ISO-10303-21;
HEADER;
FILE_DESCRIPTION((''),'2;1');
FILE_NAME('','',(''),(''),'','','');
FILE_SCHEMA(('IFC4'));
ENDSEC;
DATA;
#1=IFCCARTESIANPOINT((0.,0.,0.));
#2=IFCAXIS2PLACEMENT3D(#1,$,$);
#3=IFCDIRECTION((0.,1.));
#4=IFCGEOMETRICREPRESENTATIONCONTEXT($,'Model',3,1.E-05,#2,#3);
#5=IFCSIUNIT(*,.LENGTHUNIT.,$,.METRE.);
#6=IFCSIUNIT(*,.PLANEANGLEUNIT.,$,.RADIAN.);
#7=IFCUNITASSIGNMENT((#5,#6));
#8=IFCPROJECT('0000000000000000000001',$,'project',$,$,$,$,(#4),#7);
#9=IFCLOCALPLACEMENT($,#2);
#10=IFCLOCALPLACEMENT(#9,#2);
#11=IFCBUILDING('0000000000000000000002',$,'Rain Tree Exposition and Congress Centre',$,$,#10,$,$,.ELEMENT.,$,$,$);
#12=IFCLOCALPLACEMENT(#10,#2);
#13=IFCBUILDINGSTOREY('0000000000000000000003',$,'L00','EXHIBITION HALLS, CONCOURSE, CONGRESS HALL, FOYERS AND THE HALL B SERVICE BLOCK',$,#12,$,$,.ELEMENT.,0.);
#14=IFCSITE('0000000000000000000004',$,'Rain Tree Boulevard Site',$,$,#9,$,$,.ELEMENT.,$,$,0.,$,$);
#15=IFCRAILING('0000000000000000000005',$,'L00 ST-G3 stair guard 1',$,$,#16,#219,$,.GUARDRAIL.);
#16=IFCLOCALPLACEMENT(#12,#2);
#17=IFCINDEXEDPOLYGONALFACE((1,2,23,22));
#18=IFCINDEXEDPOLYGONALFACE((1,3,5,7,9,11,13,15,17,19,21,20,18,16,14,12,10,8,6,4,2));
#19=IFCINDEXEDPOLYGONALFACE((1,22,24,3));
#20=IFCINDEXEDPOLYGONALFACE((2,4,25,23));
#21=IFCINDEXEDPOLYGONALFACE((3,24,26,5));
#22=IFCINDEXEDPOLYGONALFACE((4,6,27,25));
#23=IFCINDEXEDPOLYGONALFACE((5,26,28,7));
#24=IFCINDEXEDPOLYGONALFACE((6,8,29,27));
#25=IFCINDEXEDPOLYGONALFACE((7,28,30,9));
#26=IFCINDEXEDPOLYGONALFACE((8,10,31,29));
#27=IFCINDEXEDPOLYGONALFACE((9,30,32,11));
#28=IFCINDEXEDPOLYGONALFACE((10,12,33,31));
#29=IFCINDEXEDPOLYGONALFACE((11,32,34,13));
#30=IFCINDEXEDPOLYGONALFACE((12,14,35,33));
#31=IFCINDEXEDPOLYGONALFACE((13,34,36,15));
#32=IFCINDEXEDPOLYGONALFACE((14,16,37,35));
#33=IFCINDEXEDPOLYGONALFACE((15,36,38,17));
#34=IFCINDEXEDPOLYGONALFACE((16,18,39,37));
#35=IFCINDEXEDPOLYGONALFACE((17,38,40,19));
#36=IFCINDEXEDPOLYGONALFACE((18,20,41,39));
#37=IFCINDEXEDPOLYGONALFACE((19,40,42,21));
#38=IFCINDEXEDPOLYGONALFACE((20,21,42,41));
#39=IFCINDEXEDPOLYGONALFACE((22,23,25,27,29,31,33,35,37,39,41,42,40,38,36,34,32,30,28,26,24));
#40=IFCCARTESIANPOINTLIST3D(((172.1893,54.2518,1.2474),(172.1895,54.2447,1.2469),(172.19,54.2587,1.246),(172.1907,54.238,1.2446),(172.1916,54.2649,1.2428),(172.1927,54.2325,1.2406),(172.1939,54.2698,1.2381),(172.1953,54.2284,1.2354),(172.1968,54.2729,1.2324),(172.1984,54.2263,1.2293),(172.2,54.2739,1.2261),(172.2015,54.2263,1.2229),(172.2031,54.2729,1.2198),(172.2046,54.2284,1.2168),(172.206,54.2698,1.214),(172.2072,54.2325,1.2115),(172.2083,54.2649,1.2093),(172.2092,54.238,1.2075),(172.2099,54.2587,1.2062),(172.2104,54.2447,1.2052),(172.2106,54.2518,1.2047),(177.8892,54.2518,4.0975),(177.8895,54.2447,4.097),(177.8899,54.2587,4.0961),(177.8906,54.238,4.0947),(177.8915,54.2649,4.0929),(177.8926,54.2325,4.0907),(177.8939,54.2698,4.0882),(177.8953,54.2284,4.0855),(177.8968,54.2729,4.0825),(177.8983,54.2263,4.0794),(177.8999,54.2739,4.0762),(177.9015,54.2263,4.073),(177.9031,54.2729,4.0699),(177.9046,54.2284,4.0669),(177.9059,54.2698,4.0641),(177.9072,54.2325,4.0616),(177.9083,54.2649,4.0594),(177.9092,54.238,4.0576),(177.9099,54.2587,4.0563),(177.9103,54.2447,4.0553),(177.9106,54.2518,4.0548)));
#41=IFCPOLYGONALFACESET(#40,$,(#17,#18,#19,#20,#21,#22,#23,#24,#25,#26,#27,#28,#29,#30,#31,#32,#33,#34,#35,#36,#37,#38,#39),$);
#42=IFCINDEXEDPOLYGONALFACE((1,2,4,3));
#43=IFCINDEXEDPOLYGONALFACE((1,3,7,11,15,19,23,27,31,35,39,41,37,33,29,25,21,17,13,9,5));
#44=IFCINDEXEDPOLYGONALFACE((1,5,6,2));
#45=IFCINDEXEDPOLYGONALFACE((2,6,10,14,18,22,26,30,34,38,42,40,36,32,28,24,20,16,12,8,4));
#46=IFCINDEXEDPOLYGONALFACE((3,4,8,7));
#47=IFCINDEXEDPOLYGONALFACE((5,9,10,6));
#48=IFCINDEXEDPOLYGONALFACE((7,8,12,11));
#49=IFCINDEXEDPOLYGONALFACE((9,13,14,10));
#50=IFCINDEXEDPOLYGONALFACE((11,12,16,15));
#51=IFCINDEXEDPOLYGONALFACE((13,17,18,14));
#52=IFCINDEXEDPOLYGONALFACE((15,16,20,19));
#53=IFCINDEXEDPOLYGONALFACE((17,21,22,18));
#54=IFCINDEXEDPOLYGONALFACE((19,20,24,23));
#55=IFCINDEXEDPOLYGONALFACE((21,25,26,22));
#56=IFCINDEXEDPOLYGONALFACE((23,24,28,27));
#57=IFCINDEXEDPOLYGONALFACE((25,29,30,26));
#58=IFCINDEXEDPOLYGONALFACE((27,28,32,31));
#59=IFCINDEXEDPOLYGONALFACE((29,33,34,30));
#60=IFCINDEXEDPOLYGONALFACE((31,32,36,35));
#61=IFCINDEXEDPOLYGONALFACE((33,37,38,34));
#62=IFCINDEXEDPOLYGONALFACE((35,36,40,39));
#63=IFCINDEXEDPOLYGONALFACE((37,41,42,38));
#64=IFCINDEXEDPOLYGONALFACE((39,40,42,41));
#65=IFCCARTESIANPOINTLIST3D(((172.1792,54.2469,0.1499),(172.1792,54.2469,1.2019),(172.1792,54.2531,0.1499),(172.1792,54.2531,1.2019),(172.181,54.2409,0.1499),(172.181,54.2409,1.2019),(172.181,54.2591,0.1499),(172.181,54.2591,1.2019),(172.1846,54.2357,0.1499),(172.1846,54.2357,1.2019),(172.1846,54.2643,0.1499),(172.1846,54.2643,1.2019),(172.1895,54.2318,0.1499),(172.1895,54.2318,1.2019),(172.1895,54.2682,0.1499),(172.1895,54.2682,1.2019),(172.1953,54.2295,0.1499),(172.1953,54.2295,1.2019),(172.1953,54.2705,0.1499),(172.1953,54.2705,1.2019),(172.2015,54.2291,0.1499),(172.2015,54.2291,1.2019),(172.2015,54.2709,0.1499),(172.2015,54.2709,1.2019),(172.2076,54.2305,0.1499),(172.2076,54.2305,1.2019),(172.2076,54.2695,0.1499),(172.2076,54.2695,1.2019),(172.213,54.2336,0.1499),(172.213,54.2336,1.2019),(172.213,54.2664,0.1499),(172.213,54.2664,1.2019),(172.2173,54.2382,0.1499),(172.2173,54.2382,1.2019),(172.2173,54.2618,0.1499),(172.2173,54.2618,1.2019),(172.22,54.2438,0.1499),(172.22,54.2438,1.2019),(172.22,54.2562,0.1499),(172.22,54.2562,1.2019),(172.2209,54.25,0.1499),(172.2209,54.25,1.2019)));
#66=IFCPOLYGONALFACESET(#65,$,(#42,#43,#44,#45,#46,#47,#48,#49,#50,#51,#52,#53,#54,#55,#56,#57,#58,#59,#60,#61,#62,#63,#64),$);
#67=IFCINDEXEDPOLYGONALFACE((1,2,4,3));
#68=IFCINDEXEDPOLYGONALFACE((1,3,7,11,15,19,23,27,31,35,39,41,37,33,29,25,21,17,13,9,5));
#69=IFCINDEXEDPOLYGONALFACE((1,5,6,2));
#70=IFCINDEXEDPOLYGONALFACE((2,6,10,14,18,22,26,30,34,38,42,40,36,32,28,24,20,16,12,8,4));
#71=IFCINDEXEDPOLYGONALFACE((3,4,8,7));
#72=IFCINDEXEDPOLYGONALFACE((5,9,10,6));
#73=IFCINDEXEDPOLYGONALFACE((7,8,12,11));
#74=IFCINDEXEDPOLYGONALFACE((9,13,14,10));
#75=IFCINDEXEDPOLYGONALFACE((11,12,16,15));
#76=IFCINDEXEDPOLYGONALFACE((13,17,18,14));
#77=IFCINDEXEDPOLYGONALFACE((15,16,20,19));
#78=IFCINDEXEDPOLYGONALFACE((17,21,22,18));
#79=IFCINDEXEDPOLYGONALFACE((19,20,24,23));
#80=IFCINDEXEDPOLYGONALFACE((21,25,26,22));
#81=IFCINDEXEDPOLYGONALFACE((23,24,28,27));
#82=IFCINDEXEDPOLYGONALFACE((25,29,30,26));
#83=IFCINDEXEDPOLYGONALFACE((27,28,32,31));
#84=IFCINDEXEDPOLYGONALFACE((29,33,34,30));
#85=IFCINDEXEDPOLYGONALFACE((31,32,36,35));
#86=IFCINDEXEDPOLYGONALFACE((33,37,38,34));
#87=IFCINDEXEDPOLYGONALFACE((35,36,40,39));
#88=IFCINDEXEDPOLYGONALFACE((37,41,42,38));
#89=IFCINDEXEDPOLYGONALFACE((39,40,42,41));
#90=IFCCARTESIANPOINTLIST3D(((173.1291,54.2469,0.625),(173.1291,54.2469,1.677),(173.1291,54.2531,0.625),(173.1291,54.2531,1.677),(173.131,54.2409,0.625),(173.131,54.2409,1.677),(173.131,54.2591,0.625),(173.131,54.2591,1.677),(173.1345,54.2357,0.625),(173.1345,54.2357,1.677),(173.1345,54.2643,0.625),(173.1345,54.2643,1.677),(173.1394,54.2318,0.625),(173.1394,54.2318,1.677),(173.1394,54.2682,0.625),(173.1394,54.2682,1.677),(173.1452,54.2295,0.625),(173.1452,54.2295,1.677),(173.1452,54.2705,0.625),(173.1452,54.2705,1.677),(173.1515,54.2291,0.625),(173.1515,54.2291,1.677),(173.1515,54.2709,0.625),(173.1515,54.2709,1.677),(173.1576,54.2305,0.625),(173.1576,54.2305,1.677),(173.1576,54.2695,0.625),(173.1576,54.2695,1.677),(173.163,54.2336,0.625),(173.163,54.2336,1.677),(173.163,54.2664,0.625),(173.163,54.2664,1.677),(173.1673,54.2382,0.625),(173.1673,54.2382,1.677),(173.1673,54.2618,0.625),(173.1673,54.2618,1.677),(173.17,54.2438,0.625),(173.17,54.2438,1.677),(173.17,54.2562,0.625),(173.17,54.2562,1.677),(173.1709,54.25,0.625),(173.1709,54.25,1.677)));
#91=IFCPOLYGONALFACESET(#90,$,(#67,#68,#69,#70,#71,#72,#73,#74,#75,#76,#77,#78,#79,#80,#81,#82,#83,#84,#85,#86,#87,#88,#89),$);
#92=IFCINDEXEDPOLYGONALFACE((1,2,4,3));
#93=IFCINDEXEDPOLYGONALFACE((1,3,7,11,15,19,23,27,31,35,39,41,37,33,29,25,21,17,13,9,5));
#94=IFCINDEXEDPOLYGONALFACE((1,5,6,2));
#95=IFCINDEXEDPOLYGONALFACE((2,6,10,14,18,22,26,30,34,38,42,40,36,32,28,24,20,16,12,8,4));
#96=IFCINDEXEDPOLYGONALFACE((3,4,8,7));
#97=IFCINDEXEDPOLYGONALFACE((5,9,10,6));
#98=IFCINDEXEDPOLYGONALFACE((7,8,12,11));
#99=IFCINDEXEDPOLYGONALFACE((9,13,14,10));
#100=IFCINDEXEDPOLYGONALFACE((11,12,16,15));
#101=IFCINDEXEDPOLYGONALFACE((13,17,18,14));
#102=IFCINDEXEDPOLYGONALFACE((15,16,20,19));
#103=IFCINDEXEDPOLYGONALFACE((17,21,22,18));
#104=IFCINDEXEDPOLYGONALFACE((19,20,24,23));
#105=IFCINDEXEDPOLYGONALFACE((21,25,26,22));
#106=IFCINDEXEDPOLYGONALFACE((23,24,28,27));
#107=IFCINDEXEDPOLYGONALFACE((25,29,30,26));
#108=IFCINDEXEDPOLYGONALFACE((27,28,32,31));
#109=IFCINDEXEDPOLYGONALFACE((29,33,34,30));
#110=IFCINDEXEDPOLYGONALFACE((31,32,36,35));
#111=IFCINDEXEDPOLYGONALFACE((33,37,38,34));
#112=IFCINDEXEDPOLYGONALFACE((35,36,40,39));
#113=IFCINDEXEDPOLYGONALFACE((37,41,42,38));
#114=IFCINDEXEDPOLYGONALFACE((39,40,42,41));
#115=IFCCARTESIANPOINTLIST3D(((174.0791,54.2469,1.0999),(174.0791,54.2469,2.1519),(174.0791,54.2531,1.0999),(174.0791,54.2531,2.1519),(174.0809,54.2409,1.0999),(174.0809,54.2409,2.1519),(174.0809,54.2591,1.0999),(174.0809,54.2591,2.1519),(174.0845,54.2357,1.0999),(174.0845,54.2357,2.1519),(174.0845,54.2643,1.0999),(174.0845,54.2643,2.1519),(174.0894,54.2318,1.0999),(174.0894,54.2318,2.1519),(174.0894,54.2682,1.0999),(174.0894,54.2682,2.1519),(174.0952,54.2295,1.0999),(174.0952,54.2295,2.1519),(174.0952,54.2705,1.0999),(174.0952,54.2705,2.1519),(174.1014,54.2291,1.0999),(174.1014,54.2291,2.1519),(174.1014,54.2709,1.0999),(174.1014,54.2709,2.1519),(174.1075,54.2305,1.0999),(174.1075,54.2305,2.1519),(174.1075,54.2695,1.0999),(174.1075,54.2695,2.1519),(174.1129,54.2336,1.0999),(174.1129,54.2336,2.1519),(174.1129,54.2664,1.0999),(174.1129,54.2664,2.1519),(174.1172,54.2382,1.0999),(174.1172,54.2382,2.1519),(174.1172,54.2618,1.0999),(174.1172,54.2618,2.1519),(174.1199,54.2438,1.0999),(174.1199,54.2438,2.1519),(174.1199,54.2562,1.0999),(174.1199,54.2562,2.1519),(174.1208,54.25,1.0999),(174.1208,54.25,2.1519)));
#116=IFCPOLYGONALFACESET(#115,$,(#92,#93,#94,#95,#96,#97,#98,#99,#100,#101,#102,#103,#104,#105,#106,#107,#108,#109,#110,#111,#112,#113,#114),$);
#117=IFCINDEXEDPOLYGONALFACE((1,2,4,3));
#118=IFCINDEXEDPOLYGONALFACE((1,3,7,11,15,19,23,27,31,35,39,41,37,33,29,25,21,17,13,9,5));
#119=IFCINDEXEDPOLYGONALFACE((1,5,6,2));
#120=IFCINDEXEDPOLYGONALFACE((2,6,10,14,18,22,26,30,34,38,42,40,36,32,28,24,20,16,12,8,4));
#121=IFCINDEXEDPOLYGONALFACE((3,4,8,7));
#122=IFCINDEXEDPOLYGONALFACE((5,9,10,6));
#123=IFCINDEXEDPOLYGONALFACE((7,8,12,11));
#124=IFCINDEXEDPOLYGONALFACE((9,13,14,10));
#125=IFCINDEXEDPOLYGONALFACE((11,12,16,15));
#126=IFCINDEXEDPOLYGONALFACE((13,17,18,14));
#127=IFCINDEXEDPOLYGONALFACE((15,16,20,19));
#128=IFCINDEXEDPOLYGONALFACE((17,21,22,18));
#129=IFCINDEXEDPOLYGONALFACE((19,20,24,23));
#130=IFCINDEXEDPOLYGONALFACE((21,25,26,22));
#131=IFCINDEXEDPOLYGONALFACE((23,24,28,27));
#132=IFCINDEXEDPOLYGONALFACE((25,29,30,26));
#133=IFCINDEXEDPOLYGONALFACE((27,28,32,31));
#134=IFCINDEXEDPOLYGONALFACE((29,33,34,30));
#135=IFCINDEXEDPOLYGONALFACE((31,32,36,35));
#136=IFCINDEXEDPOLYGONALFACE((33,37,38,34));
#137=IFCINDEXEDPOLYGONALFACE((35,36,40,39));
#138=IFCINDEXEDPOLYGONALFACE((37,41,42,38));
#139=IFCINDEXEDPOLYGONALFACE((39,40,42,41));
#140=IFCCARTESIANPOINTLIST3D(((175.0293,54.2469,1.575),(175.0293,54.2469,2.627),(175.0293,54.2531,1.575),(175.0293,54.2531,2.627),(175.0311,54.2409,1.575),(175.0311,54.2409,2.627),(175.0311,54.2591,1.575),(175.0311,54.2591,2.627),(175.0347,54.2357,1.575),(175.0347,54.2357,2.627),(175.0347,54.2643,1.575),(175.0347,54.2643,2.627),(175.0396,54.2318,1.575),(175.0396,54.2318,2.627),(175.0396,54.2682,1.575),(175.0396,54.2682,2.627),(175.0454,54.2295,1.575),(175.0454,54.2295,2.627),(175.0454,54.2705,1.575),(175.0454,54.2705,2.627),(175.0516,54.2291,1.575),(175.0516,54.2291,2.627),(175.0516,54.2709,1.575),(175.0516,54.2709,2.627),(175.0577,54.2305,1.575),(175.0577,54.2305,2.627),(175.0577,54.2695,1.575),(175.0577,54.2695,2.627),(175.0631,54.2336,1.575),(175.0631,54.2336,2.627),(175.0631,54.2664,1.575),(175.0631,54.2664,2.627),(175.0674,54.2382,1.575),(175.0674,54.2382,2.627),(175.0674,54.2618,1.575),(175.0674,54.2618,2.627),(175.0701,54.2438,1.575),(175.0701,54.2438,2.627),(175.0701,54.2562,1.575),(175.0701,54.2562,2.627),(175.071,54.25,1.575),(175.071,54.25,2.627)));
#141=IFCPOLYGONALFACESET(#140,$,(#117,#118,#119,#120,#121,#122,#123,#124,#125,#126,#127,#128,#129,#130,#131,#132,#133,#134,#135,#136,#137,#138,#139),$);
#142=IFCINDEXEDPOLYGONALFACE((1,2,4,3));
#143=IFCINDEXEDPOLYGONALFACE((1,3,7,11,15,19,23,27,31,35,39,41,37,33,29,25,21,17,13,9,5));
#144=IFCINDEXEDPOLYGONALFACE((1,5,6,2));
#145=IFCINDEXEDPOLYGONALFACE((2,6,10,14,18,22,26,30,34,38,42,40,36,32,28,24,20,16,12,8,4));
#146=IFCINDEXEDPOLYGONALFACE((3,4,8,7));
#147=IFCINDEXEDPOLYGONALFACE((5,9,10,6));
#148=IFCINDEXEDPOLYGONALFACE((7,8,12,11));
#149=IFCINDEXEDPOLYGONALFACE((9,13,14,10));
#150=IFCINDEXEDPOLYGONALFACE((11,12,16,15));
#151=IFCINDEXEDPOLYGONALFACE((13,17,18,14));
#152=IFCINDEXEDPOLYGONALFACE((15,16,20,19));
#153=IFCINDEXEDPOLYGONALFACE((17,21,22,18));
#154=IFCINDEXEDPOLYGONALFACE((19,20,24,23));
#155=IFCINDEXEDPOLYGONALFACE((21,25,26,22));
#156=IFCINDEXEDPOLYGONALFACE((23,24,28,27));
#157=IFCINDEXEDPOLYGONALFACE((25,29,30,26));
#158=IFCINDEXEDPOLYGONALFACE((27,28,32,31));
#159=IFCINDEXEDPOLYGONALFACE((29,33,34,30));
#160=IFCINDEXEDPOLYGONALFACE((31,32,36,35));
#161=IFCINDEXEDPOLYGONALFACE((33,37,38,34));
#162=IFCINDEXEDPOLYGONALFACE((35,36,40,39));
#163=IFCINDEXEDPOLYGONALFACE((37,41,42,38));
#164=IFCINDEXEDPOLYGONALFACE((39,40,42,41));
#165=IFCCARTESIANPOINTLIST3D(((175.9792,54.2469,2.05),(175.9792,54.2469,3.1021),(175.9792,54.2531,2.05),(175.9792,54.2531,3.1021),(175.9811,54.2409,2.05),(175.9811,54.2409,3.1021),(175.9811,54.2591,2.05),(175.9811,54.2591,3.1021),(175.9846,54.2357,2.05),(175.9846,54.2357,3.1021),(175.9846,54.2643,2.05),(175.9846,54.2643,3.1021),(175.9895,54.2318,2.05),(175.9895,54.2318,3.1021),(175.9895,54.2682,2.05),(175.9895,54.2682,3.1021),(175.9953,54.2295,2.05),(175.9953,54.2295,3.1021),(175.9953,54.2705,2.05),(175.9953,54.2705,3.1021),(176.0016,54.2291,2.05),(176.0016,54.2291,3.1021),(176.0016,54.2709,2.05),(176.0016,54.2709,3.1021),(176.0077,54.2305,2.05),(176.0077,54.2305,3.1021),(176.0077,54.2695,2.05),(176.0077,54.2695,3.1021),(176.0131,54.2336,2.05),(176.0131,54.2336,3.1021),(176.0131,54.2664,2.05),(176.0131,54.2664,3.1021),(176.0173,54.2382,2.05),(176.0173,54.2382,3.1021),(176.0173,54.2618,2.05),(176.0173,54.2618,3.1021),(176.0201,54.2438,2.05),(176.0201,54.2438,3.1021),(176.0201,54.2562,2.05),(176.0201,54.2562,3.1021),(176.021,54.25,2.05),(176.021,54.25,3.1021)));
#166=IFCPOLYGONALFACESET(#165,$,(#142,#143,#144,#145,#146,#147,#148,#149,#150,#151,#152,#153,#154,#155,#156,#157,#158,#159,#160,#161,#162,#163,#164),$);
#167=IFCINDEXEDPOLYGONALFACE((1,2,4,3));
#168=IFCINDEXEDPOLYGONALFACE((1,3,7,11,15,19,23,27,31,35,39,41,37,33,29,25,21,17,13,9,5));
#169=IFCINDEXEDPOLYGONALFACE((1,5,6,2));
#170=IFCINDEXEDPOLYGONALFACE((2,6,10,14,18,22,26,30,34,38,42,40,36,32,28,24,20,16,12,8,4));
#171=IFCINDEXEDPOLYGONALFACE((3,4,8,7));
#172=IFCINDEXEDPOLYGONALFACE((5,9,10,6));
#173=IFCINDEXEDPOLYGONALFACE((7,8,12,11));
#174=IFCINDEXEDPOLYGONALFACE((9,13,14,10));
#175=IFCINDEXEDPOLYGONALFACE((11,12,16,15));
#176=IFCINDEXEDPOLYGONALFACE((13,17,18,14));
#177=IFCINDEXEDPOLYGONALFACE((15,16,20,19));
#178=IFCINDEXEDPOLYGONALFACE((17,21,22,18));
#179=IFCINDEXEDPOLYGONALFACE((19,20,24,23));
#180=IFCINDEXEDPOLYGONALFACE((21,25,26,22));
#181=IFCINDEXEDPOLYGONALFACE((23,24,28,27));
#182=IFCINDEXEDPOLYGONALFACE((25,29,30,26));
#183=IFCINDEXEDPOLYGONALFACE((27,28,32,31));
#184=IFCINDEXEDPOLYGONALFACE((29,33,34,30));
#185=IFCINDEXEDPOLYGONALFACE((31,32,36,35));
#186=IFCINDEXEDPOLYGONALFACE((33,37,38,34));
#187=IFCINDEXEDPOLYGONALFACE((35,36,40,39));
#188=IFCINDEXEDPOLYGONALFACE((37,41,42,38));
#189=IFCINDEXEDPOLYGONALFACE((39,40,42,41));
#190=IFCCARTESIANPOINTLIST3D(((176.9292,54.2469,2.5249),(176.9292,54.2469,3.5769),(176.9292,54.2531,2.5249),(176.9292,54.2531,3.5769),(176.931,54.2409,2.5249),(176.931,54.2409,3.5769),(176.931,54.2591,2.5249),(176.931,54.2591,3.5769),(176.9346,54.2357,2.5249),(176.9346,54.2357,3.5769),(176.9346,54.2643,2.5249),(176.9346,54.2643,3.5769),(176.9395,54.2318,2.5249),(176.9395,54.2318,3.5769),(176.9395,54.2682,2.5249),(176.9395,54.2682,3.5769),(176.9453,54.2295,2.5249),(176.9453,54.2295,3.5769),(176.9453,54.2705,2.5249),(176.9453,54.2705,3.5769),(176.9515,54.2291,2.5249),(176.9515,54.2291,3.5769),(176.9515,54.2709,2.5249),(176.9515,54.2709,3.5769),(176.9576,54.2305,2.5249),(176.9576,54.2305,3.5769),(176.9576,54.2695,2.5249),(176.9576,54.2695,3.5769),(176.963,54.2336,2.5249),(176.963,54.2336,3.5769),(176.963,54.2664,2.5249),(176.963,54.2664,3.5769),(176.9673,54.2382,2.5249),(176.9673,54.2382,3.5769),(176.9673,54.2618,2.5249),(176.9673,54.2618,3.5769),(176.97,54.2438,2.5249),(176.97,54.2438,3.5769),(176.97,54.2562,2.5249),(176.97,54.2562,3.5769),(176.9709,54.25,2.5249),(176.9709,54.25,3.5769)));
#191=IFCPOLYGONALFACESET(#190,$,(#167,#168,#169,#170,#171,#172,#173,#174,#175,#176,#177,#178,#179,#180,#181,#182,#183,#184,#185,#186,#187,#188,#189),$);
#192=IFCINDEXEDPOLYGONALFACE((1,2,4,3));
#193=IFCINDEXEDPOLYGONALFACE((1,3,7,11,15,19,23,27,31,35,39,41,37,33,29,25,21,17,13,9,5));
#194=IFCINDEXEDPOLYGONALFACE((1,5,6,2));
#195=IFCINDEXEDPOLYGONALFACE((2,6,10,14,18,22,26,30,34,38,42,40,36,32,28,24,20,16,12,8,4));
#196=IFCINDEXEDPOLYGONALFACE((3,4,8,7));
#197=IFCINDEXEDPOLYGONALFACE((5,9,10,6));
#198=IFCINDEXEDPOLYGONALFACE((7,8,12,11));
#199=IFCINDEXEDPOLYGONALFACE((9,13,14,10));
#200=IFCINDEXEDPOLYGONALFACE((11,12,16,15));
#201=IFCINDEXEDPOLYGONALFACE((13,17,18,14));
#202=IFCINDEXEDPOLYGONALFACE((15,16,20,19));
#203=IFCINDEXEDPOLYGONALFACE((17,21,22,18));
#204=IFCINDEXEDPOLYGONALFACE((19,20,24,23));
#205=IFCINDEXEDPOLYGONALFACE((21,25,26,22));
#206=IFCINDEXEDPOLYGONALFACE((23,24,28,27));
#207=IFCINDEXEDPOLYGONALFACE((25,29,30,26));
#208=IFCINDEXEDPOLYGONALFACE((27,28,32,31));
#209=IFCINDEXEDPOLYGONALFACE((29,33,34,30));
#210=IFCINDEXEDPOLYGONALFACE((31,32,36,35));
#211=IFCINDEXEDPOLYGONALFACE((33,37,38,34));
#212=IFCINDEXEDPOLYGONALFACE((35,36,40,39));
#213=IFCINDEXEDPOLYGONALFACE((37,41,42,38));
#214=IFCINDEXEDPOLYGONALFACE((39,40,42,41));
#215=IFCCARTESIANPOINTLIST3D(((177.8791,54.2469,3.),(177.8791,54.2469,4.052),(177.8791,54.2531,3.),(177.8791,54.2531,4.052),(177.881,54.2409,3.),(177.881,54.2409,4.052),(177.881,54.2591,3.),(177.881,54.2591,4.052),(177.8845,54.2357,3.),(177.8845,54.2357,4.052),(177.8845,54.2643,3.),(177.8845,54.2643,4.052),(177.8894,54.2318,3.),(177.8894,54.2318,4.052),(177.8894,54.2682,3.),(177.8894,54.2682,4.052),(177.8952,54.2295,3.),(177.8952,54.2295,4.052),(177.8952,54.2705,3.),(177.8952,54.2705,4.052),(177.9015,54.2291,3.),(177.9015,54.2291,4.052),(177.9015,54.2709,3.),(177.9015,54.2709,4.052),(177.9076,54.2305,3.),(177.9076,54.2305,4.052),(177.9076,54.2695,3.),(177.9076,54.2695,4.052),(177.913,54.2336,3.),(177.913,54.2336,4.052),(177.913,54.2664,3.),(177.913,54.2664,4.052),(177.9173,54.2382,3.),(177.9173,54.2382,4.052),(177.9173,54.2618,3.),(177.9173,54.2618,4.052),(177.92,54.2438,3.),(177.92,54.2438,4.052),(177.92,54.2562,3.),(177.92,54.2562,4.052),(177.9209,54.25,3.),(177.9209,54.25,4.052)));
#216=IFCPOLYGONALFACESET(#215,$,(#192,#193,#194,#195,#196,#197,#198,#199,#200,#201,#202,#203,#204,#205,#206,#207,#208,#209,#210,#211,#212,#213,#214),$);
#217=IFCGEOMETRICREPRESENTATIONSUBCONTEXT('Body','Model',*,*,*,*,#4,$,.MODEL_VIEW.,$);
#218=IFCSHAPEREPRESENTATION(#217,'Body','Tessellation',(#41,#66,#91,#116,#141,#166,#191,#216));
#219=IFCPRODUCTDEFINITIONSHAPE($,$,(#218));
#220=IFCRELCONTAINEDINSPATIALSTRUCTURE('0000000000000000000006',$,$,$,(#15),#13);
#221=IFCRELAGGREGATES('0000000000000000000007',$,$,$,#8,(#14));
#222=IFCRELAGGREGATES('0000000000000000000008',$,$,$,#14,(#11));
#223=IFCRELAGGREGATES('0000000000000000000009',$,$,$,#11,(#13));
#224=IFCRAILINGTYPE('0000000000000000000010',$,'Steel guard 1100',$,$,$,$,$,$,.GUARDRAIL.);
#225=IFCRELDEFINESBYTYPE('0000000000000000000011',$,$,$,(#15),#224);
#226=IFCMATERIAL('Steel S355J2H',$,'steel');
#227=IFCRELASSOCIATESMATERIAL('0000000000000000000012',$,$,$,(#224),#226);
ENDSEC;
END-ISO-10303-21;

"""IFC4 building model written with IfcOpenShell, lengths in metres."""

from ifc_helpers import new_model, si_unit, direction, frame, origin, origin_2d, place, context, subcontext, project, spatial, circle, extrude, material, type_object, element, save


model = new_model("IFC4")

# Units and contexts
model_context = context("Model", 3, precision=1e-05, world=origin(), true_north=direction((0.0, 1.0)))
body_context = subcontext(model_context, "Body", "Model", "MODEL_VIEW")
ifc_project = project(units=[si_unit("LENGTHUNIT", "METRE"), si_unit("PLANEANGLEUNIT", "RADIAN")], contexts=[model_context])

# Site, building, storey
site_placement = place(None, origin())
site = spatial("IfcSite", under=ifc_project, at=site_placement, Name="Rain Tree Boulevard Site", CompositionType="ELEMENT", RefElevation=0.0)
building_placement = place(site_placement, origin())
building = spatial("IfcBuilding", under=site, at=building_placement, Name="Rain Tree Exposition and Congress Centre", CompositionType="ELEMENT")
storey_placement = place(building_placement, origin())
storey = spatial("IfcBuildingStorey", under=building, at=storey_placement, Name="L00", Description="EXHIBITION HALLS, CONCOURSE, CONGRESS HALL, FOYERS AND THE HALL B SERVICE BLOCK", CompositionType="ELEMENT", Elevation=0.0)

# Railing
ifc_material_1 = material(Name="Steel S355J2H", Category="steel")
railing_type_1 = type_object("IfcRailingType", Name="Steel guard 1100", PredefinedType="GUARDRAIL", material=ifc_material_1)
railing_1_placement = place(storey_placement, frame((172.2, 54.25, 0.1499)))
element("IfcRailing", 1, at=railing_1_placement, inside=storey, type_object=railing_type_1, Name="L00 ST-G3 stair guard 1", PredefinedType="GUARDRAIL", context=body_context, shape_type="SweptSolid", body=[
    extrude(circle(Radius=0.0239, at=origin_2d()), frame((0.0, 0.0, 1.0762), z_axis=(0.89442, 0.0, 0.447229), x_axis=(0.0, 1.0, 0.0)), (0.0, 0.0, 1.0), 6.3728),
    extrude(circle(Radius=0.021, at=origin_2d()), origin(), (0.0, 0.0, 1.0), 1.052),
    extrude(circle(Radius=0.021, at=origin_2d()), frame((0.95, 0.0, 0.4751)), (0.0, 0.0, 1.0), 1.052),
    extrude(circle(Radius=0.021, at=origin_2d()), frame((1.8999, 0.0, 0.95)), (0.0, 0.0, 1.0), 1.052),
    extrude(circle(Radius=0.021, at=origin_2d()), frame((2.8501, 0.0, 1.425)), (0.0, 0.0, 1.0), 1.052),
    extrude(circle(Radius=0.021, at=origin_2d()), frame((3.8, 0.0, 1.9001)), (0.0, 0.0, 1.0), 1.052),
    extrude(circle(Radius=0.021, at=origin_2d()), frame((4.75, 0.0, 2.375)), (0.0, 0.0, 1.0), 1.052),
    extrude(circle(Radius=0.021, at=origin_2d()), frame((5.7, 0.0, 2.8501)), (0.0, 0.0, 1.0), 1.052),
])

save(model, "model.ifc")
